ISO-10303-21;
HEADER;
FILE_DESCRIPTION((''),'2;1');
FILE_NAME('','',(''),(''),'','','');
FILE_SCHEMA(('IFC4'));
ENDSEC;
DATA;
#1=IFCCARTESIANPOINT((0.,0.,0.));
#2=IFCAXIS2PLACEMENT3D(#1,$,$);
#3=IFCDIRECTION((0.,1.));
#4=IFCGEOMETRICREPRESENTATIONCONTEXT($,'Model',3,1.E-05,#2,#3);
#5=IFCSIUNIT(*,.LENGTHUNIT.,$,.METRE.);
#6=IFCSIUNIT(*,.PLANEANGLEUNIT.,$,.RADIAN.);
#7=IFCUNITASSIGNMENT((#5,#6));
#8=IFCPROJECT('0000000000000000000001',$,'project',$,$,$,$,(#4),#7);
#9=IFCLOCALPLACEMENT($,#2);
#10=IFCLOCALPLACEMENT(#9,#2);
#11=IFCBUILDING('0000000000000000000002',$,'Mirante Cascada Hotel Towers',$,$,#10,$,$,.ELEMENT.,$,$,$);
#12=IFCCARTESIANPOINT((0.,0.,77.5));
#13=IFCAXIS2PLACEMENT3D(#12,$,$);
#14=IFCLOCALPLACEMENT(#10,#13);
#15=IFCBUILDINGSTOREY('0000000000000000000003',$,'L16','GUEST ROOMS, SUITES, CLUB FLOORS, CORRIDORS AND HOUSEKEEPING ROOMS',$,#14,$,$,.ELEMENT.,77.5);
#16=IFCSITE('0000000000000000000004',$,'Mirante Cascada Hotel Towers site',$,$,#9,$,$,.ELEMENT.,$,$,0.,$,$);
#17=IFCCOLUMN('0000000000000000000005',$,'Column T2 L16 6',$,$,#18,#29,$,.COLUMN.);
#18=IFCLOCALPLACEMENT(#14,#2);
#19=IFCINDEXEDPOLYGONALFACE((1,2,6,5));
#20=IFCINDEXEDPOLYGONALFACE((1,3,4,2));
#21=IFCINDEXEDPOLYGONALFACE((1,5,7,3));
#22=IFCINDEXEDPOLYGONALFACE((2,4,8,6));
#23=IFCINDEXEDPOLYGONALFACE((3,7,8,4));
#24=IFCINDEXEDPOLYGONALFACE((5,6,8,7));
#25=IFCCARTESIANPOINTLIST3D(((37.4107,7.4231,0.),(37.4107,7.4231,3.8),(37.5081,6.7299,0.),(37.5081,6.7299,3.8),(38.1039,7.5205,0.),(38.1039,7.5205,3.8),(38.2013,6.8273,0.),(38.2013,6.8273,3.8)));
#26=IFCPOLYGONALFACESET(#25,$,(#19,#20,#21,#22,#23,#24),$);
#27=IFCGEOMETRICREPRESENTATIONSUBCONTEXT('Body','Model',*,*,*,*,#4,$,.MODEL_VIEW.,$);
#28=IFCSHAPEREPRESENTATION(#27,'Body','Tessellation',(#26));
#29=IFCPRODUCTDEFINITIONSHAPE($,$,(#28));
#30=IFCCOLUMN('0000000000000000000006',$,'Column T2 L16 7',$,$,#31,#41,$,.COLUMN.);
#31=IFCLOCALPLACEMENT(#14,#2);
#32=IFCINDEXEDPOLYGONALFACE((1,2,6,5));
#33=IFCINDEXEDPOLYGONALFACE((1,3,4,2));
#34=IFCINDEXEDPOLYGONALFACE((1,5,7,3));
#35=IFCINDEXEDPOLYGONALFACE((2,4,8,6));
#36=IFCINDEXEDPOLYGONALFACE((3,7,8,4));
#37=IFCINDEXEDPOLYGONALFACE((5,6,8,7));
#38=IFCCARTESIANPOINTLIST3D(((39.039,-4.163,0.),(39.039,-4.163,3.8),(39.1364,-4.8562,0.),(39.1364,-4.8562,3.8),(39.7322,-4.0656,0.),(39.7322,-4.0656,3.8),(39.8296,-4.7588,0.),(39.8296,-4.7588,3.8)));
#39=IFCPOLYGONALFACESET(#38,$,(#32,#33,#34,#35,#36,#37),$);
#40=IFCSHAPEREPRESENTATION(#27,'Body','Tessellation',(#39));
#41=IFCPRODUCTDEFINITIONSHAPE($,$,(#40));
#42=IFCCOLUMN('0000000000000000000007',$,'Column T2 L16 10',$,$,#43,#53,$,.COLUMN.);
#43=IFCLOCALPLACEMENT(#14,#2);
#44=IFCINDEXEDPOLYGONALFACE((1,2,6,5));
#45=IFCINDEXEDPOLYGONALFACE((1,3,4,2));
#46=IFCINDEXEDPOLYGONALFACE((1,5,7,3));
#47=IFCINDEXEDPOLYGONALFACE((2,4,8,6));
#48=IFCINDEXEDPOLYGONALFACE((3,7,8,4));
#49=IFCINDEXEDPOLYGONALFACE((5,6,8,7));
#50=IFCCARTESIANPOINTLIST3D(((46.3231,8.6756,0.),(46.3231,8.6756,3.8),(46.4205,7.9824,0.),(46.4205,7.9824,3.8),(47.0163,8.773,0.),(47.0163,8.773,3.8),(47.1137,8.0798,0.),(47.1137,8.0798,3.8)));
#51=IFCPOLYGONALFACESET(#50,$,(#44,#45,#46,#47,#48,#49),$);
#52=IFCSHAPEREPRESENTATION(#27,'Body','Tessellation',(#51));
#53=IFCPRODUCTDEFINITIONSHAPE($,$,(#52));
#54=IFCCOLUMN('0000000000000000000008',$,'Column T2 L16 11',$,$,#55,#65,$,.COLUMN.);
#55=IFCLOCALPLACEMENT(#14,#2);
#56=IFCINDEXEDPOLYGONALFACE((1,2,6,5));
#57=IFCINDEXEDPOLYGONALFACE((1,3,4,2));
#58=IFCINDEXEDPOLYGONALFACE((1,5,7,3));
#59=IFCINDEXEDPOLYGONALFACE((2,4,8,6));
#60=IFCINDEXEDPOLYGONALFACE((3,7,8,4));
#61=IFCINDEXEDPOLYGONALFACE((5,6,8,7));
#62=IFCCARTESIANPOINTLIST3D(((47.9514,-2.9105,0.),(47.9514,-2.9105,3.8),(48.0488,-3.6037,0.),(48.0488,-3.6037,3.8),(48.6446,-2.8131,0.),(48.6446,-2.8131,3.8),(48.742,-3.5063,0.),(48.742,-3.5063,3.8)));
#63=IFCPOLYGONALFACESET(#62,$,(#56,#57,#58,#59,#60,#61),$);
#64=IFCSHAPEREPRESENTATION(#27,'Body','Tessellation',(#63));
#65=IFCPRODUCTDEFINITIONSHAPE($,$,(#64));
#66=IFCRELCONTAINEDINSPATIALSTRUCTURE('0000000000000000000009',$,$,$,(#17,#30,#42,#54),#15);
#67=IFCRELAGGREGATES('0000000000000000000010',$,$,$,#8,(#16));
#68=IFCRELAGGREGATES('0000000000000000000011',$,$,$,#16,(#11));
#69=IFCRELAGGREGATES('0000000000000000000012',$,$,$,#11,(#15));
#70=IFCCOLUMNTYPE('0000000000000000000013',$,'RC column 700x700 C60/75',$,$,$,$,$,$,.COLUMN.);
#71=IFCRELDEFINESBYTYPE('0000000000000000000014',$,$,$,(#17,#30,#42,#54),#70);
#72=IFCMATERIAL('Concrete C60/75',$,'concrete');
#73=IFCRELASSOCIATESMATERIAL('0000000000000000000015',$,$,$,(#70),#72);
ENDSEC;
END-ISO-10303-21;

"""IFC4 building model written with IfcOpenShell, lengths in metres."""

from ifc_helpers import new_model, si_unit, direction, frame, origin, origin_2d, place, context, subcontext, project, spatial, rectangle, extrude, material, material_profile, profile_set, type_object, element, save


model = new_model("IFC4")

# Units and contexts
model_context = context("Model", 3, precision=1e-05, world=origin(), true_north=direction((0.0, 1.0)))
body_context = subcontext(model_context, "Body", "Model", "MODEL_VIEW")
ifc_project = project(units=[si_unit("LENGTHUNIT", "METRE"), si_unit("PLANEANGLEUNIT", "RADIAN")], contexts=[model_context])

# Site, building, storey
site_placement = place(None, origin())
site = spatial("IfcSite", under=ifc_project, at=site_placement, Name="Mirante Cascada Hotel Towers site", CompositionType="ELEMENT", RefElevation=0.0)
building_placement = place(site_placement, origin())
building = spatial("IfcBuilding", under=site, at=building_placement, Name="Mirante Cascada Hotel Towers", CompositionType="ELEMENT")
storey_placement = place(building_placement, frame((0.0, 0.0, 77.5)))
storey = spatial("IfcBuildingStorey", under=building, at=storey_placement, Name="L16", Description="GUEST ROOMS, SUITES, CLUB FLOORS, CORRIDORS AND HOUSEKEEPING ROOMS", CompositionType="ELEMENT", Elevation=77.5)

# Columns
ifc_material_1 = material(Name="Concrete C60/75", Category="concrete")
ifc_material_profile = material_profile(ifc_material_1, rectangle(XDim=0.7, YDim=0.7, at=origin_2d()), Name="RC column 700x700 C60/75")
ifc_profile_set = profile_set([ifc_material_profile], Name="Concrete C60/75")
column_type = type_object("IfcColumnType", Name="RC column 700x700 C60/75", PredefinedType="COLUMN", material=ifc_profile_set)
for number, where, z_axis, x_axis, name in (
    (1, (37.806, 7.1252, 0.0), (0.0, 0.0, 1.0), (0.990268, 0.139173, 0.0), "Column T2 L16 6"),
    (2, (39.4343, -4.4609, 0.0), (0.0, 0.0, 1.0), (0.990268, 0.139173, 0.0), "Column T2 L16 7"),
    (3, (46.7184, 8.3777, 0.0), (0.0, 0.0, 1.0), (0.990268, 0.139173, 0.0), "Column T2 L16 10"),
    (4, (48.3467, -3.2084, 0.0), (0.0, 0.0, 1.0), (0.990268, 0.139173, 0.0), "Column T2 L16 11"),
):
    element("IfcColumn", number, at=place(storey_placement, frame(where, z_axis=z_axis, x_axis=x_axis)), inside=storey, type_object=column_type, Name=name, PredefinedType="COLUMN", context=body_context, shape_type="SweptSolid", body=[
        extrude(rectangle(XDim=0.7, YDim=0.7, at=origin_2d()), origin(), (0.0, 0.0, 1.0), 3.8),
    ])

save(model, "model.ifc")
